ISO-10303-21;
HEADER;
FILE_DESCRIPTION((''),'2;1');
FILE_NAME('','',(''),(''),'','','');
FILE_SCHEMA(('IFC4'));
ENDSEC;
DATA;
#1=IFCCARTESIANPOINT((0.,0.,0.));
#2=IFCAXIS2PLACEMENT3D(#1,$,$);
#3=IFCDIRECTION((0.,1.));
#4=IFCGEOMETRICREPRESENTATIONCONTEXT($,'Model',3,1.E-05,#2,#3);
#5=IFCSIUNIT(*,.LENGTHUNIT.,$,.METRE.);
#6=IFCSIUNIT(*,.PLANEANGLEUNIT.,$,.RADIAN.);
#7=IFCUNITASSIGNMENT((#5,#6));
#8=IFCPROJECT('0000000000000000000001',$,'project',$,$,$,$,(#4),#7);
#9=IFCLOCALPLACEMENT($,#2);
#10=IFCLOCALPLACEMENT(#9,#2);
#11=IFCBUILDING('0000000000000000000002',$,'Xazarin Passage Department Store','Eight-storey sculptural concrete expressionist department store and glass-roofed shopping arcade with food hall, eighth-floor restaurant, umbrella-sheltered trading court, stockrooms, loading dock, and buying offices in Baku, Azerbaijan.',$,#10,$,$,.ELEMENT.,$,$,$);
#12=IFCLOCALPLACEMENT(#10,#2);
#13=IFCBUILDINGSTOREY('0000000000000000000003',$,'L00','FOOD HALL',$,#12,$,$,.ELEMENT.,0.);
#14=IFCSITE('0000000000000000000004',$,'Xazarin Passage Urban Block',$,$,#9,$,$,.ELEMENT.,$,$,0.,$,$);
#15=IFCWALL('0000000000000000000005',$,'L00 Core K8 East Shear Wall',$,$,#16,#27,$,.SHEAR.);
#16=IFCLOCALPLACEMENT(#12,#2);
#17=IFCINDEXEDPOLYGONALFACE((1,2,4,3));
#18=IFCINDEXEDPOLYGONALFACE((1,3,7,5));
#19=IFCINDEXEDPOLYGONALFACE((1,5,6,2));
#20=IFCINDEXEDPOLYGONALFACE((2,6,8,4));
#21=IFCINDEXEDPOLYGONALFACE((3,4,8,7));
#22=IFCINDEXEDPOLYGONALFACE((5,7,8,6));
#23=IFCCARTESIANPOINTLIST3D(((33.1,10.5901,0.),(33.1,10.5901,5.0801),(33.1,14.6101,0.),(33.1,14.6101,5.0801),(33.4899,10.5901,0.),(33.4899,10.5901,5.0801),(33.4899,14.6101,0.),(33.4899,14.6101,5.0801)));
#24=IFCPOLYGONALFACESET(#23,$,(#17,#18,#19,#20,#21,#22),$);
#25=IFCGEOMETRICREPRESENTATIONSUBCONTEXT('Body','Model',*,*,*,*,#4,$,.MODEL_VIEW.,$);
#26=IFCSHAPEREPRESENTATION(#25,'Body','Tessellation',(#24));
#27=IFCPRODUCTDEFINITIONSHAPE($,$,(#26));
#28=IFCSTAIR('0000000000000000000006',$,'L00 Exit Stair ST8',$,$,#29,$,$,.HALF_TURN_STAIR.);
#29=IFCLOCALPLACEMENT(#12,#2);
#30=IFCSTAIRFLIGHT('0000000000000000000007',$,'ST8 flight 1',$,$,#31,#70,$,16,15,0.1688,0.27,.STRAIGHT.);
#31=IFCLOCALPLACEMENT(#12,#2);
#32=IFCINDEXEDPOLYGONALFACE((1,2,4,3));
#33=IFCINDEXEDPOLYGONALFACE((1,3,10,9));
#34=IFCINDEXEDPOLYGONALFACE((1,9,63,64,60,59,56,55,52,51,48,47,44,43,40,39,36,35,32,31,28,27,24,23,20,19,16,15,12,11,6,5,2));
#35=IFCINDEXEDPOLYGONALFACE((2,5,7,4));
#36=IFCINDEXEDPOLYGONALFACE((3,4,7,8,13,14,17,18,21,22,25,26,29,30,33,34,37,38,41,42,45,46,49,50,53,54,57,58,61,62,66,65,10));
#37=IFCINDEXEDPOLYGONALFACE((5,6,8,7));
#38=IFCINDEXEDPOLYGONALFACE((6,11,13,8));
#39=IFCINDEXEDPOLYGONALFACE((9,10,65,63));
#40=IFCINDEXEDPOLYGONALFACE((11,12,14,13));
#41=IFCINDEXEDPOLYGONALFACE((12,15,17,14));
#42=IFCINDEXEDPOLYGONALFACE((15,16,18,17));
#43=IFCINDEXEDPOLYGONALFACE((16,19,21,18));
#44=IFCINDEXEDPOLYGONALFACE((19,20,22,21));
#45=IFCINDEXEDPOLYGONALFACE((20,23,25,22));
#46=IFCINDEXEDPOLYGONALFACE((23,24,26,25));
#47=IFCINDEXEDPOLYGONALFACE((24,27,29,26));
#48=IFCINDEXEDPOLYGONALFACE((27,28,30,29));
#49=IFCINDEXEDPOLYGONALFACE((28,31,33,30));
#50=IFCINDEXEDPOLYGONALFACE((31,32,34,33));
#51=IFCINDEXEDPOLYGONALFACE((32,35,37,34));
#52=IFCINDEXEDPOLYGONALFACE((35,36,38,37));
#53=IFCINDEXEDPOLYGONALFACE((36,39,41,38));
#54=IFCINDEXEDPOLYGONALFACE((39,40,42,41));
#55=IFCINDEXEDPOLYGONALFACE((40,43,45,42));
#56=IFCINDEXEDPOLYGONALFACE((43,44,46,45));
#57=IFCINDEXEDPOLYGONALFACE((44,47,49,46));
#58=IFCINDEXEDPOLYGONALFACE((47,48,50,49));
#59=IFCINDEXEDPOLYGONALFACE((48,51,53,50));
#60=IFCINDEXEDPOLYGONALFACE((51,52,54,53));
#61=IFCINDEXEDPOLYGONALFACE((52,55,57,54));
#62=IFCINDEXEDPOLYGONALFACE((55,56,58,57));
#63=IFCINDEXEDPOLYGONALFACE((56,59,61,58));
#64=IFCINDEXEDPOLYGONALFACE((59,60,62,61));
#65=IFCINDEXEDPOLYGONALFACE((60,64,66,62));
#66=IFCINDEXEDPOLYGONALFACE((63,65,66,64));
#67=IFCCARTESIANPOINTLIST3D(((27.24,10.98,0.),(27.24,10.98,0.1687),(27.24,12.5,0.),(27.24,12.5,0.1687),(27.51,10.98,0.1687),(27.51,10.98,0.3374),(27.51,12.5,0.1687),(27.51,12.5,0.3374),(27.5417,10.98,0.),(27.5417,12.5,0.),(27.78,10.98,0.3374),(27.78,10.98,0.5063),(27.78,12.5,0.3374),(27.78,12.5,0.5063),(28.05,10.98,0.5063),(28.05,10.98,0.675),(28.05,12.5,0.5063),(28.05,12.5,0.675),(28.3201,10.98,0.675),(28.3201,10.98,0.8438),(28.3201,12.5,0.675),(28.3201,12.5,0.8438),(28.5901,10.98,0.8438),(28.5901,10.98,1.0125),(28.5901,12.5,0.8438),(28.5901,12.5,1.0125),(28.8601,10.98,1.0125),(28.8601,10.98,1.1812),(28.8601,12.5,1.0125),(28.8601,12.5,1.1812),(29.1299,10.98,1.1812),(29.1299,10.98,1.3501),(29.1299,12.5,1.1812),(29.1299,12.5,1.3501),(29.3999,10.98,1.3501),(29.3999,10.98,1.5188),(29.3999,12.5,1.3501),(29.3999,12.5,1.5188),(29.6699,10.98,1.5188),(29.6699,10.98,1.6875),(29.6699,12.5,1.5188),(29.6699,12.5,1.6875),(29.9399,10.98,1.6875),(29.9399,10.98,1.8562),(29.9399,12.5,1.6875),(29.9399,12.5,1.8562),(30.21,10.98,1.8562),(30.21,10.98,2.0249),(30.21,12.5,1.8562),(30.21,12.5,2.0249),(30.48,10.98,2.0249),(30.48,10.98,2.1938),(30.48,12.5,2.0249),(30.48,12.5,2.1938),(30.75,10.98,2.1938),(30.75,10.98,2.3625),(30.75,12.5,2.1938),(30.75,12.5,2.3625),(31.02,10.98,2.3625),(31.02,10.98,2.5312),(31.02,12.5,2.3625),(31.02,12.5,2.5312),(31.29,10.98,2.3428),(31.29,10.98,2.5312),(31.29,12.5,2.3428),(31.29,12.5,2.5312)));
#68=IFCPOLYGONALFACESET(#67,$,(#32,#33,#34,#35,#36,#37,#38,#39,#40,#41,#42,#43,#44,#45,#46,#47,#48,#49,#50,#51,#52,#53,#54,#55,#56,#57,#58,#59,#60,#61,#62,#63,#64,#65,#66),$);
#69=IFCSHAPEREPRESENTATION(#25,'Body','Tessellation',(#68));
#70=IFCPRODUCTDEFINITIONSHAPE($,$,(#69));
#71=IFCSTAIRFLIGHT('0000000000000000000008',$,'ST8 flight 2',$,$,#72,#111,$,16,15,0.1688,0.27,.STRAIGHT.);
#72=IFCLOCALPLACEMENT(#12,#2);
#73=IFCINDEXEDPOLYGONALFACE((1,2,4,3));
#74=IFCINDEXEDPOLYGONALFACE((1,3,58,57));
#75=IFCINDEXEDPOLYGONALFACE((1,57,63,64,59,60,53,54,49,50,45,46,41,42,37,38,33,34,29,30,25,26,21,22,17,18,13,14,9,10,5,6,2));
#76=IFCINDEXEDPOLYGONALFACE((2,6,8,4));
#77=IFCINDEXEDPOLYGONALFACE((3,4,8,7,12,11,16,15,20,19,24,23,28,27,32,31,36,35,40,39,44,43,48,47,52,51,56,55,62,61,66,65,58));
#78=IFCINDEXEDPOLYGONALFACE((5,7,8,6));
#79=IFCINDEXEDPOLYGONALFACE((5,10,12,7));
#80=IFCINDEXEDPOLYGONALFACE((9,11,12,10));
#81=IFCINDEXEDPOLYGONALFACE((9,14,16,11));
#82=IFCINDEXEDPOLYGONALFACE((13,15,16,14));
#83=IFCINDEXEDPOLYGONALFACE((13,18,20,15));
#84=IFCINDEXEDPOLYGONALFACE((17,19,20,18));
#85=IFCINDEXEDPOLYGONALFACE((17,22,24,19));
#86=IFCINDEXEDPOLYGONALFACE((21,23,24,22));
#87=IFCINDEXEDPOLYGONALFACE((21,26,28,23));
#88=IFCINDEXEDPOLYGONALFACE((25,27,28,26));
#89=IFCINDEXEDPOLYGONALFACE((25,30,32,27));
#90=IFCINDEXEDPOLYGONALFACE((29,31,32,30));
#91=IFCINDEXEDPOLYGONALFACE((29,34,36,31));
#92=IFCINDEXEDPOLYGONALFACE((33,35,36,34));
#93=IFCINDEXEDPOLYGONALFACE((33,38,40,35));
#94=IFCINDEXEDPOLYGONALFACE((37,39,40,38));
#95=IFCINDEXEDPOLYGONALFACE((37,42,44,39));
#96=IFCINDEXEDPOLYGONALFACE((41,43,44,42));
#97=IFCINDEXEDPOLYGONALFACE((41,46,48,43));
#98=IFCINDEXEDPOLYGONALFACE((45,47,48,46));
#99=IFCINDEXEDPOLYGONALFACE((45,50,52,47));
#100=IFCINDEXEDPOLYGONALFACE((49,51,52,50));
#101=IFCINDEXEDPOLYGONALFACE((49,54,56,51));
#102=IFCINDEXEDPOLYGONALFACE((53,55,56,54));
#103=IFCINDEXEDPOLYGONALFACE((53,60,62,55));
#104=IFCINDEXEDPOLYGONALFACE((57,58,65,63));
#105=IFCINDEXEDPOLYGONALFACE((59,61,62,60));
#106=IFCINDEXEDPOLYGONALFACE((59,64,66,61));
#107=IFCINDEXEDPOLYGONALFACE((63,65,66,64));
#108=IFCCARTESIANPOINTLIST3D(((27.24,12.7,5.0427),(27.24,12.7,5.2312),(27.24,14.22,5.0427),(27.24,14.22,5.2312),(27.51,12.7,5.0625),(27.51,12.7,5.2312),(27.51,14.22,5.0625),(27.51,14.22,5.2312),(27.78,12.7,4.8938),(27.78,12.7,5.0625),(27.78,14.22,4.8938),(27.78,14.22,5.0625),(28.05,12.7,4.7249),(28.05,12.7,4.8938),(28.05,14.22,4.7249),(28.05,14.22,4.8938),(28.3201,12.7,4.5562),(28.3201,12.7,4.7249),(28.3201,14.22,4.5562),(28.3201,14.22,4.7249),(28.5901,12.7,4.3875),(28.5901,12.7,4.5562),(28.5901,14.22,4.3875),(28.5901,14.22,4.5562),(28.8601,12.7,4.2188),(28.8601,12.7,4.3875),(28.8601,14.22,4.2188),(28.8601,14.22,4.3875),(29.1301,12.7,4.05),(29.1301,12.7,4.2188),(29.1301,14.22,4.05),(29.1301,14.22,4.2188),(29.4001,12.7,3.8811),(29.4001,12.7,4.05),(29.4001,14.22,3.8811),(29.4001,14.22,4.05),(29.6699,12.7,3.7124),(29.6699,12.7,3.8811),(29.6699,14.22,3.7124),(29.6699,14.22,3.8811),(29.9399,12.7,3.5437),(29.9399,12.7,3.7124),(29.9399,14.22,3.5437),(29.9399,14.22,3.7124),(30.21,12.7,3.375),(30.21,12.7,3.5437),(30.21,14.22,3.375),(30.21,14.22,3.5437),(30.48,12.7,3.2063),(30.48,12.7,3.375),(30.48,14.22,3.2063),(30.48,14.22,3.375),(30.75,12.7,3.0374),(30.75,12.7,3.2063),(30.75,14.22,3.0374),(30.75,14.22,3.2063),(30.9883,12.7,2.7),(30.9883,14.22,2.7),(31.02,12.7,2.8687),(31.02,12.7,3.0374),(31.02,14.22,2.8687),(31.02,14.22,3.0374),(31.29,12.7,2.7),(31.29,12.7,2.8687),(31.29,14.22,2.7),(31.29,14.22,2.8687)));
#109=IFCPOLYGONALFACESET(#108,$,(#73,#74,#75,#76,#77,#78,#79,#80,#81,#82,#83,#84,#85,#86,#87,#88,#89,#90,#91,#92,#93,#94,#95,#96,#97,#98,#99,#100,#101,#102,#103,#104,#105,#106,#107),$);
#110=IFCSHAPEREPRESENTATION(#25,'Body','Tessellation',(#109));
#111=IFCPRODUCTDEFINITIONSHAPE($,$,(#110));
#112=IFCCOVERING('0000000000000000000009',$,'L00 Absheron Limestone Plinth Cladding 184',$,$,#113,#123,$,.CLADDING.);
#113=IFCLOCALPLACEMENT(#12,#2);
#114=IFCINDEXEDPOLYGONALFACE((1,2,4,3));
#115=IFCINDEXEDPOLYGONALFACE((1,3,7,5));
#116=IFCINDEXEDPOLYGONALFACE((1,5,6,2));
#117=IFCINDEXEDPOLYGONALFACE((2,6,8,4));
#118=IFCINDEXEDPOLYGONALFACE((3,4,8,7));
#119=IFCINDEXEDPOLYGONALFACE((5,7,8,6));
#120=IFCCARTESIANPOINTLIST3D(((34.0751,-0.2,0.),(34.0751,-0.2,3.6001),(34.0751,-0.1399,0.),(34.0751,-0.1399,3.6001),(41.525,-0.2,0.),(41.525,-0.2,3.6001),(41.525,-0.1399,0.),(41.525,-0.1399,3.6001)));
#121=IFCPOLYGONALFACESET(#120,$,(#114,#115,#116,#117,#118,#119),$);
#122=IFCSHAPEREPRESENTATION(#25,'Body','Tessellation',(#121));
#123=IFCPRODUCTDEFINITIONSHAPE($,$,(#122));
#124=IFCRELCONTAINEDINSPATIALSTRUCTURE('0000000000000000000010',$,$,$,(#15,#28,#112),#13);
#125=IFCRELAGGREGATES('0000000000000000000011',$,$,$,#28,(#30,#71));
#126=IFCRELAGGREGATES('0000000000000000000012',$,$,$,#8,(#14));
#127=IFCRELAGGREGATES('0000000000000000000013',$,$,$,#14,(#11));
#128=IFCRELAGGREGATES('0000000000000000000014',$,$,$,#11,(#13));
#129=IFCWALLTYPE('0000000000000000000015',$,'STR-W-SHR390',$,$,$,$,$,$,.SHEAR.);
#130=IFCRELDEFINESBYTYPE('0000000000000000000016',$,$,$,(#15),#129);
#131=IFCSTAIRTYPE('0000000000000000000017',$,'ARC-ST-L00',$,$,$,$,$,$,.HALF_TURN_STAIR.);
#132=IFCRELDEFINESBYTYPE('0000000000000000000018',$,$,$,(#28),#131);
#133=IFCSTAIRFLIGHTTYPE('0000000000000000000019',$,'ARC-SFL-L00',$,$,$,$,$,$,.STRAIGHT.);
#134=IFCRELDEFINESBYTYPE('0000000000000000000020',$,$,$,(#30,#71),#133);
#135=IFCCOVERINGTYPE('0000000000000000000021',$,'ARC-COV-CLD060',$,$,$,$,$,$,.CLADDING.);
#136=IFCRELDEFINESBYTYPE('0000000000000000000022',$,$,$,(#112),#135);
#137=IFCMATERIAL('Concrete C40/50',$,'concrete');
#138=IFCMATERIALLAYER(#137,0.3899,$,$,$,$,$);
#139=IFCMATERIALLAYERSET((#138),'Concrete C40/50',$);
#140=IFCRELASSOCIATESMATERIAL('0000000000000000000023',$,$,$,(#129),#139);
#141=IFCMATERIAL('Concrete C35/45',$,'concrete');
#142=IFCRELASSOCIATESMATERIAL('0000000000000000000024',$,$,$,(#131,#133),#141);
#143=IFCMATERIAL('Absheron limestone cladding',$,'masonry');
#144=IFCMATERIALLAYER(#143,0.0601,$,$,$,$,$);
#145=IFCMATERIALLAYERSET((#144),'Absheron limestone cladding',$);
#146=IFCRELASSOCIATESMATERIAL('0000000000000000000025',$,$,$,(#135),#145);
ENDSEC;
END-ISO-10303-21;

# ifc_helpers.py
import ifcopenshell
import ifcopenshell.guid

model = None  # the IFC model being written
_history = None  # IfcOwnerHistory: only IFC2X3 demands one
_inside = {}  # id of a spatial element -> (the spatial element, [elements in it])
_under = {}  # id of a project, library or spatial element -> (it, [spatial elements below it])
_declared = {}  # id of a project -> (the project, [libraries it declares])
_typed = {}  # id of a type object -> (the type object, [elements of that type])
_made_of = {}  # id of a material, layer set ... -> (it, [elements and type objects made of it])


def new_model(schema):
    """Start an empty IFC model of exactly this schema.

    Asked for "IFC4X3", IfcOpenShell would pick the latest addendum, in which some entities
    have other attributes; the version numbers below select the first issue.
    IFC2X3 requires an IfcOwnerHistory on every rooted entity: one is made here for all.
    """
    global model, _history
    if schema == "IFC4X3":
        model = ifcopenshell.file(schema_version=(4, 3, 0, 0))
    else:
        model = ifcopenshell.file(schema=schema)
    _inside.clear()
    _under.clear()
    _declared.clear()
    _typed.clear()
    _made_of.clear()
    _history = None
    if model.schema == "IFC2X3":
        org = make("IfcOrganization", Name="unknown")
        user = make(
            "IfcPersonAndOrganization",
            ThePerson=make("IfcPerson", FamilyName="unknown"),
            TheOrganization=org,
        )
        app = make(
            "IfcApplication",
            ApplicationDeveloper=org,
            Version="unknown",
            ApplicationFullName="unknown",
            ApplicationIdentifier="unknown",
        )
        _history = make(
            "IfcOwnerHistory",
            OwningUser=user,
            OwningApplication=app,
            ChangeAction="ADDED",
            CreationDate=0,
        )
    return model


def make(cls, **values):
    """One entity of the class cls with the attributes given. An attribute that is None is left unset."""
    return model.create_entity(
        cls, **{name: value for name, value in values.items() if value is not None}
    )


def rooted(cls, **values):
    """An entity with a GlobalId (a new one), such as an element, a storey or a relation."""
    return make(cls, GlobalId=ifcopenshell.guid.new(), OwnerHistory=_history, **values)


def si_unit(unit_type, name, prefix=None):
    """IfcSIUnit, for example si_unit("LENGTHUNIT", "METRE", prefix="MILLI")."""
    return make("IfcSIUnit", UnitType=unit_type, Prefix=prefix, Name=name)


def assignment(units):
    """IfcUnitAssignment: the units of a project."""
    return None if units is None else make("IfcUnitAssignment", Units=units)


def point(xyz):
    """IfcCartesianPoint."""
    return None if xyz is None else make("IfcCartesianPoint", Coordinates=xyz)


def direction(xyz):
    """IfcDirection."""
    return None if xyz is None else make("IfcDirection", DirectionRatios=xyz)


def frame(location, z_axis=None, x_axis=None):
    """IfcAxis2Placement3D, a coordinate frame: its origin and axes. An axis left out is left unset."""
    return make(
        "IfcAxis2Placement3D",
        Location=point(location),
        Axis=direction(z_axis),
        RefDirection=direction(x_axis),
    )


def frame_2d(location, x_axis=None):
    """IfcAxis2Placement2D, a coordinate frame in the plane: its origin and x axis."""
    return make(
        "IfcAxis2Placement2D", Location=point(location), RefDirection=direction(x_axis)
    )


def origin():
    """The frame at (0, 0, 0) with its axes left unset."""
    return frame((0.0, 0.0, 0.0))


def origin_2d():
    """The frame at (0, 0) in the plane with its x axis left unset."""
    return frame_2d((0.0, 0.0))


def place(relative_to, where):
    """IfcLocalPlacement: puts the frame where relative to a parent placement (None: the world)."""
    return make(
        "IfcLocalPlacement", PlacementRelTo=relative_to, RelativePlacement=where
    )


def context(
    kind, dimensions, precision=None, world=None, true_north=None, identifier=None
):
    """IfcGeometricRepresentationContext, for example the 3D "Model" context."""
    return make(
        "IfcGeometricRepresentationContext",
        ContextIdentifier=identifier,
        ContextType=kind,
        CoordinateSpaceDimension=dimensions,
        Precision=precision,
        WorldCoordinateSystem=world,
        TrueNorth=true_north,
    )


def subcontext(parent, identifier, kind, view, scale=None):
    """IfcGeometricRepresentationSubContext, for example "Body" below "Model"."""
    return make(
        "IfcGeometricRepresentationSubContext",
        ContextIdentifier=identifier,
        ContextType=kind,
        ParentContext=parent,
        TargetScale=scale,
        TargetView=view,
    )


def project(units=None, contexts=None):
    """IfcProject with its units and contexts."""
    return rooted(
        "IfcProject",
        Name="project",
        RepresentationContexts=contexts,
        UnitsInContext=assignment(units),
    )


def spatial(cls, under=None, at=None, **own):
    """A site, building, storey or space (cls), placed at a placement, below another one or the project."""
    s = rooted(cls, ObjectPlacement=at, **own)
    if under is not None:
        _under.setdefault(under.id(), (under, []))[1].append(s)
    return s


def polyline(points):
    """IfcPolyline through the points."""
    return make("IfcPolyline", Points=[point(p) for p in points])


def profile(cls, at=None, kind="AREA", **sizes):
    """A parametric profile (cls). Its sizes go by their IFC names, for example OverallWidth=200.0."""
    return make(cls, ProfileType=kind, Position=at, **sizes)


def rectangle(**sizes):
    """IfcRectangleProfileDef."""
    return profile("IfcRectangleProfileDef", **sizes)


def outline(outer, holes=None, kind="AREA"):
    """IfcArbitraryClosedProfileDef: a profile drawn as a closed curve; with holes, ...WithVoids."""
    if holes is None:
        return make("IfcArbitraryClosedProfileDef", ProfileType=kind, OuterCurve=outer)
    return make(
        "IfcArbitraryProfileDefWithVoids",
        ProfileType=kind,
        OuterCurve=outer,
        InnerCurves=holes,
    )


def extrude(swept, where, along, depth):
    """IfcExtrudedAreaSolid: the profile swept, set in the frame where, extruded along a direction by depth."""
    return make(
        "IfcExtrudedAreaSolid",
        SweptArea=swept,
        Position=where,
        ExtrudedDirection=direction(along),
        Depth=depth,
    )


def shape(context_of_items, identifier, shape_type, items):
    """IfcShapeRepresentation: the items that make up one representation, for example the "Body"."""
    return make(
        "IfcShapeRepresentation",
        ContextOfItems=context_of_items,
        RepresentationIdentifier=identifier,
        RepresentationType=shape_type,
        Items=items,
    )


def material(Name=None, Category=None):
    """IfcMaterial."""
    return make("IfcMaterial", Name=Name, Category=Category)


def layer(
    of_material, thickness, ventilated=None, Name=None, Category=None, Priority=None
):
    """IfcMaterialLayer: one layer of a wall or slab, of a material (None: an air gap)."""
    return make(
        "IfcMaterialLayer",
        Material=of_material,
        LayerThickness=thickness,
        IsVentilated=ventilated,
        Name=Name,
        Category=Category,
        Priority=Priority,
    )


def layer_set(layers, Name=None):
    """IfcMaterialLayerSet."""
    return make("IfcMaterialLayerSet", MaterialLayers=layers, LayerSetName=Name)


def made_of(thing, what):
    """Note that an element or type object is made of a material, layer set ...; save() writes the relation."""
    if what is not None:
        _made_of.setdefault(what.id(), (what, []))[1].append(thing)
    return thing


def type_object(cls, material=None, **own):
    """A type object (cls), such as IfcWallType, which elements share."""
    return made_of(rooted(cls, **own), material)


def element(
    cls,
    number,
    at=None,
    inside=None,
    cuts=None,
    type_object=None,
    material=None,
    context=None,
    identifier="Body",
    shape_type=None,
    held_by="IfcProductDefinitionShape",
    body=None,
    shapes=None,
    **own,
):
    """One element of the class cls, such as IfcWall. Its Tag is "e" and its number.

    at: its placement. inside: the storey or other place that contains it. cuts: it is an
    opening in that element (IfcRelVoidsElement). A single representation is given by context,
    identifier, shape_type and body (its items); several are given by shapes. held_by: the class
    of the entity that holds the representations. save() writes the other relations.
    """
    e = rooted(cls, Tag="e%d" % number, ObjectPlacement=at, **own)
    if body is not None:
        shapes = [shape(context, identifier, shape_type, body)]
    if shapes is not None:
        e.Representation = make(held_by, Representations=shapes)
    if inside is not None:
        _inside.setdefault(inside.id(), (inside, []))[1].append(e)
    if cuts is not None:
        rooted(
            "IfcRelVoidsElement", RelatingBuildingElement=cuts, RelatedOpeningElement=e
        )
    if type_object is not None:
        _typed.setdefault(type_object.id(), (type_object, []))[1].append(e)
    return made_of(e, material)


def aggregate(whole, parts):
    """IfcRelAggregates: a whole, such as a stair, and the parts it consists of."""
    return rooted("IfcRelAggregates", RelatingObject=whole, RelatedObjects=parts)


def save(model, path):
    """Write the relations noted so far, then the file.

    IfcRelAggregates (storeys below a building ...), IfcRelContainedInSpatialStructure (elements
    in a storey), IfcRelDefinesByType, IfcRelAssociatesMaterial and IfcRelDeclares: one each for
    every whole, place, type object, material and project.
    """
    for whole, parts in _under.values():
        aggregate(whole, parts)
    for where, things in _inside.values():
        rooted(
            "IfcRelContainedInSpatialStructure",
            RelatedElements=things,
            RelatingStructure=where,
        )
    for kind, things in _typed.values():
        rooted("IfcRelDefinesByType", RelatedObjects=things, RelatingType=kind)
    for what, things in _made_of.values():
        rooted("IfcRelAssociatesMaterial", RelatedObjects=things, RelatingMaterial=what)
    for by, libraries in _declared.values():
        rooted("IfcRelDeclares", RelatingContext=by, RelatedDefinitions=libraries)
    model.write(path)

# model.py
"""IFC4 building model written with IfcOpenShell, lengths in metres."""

from ifc_helpers import new_model, si_unit, direction, frame, frame_2d, origin, origin_2d, place, context, subcontext, project, spatial, polyline, rectangle, outline, extrude, material, layer, layer_set, type_object, element, aggregate, save


model = new_model("IFC4")

# Units and contexts
model_context = context("Model", 3, precision=1e-05, world=origin(), true_north=direction((0.0, 1.0)))
body_context = subcontext(model_context, "Body", "Model", "MODEL_VIEW")
ifc_project = project(units=[si_unit("LENGTHUNIT", "METRE"), si_unit("PLANEANGLEUNIT", "RADIAN")], contexts=[model_context])

# Site, building, storey
site_placement = place(None, origin())
site = spatial("IfcSite", under=ifc_project, at=site_placement, Name="Xazarin Passage Urban Block", CompositionType="ELEMENT", RefElevation=0.0)
building_placement = place(site_placement, origin())
building = spatial("IfcBuilding", under=site, at=building_placement, Name="Xazarin Passage Department Store", Description="Eight-storey sculptural concrete expressionist department store and glass-roofed shopping arcade with food hall, eighth-floor restaurant, umbrella-sheltered trading court, stockrooms, loading dock, and buying offices in Baku, Azerbaijan.", CompositionType="ELEMENT")
storey_placement = place(building_placement, origin())
storey = spatial("IfcBuildingStorey", under=building, at=storey_placement, Name="L00", Description="FOOD HALL", CompositionType="ELEMENT", Elevation=0.0)

# Shared definitions
ifc_material_1 = material(Name="Concrete C35/45", Category="concrete")

# Shared definitions
ifc_material_2 = material(Name="Concrete C40/50", Category="concrete")

# Wall
ifc_layer_1 = layer(ifc_material_2, 0.3899)
ifc_layer_set_1 = layer_set([ifc_layer_1], Name="Concrete C40/50")
wall_type_1 = type_object("IfcWallType", Name="STR-W-SHR390", PredefinedType="SHEAR", material=ifc_layer_set_1)
wall_1_placement = place(storey_placement, frame((33.2949, 10.5901, 0.0), z_axis=(0.0, 0.0, 1.0), x_axis=(0.0, 1.0, 0.0)))
element("IfcWall", 1, at=wall_1_placement, inside=storey, type_object=wall_type_1, Name="L00 Core K8 East Shear Wall", PredefinedType="SHEAR", context=body_context, shape_type="SweptSolid", body=[
    extrude(rectangle(XDim=4.02, YDim=0.3899, at=frame_2d((2.01, 0.0))), origin(), (0.0, 0.0, 1.0), 5.0801),
])

# Stair, stair flights
stair_type = type_object("IfcStairType", Name="ARC-ST-L00", PredefinedType="HALF_TURN_STAIR", material=ifc_material_1)
stair_placement = place(storey_placement, origin())
stair = element("IfcStair", 2, at=stair_placement, inside=storey, type_object=stair_type, Name="L00 Exit Stair ST8", PredefinedType="HALF_TURN_STAIR")
stair_flight_type = type_object("IfcStairFlightType", Name="ARC-SFL-L00", PredefinedType="STRAIGHT", material=ifc_material_1)
stair_flight_1_placement = place(storey_placement, frame((27.24, 11.74, 0.0), z_axis=(0.0, 0.0, 1.0), x_axis=(1.0, 0.0, 0.0)))
stair_flight_1 = element("IfcStairFlight", 3, at=stair_flight_1_placement, type_object=stair_flight_type, Name="ST8 flight 1", NumberOfRisers=16, NumberOfTreads=15, PredefinedType="STRAIGHT", RiserHeight=0.1688, TreadLength=0.27, context=body_context, shape_type="SweptSolid", body=[
    extrude(outline(polyline([(0.0, 0.0), (0.0, 0.1687), (0.27, 0.1687), (0.27, 0.3374), (0.54, 0.3374), (0.54, 0.5063), (0.8101, 0.5063), (0.8101, 0.675), (1.0801, 0.675), (1.0801, 0.8438), (1.3501, 0.8438), (1.3501, 1.0125), (1.6201, 1.0125), (1.6201, 1.1812), (1.8899, 1.1812), (1.8899, 1.3501), (2.1599, 1.3501), (2.1599, 1.5188), (2.4299, 1.5188), (2.4299, 1.6875), (2.7, 1.6875), (2.7, 1.8562), (2.97, 1.8562), (2.97, 2.0249), (3.24, 2.0249), (3.24, 2.1938), (3.51, 2.1938), (3.51, 2.3625), (3.78, 2.3625), (3.78, 2.5312), (4.05, 2.5312), (4.05, 2.7), (4.05, 2.3428), (0.3018, 0.0), (0.0, 0.0)])), frame((0.0, 0.76, 0.0), z_axis=(0.0, -1.0, 0.0), x_axis=(1.0, 0.0, 0.0)), (0.0, 0.0, 1.0), 1.52),
])
stair_flight_2_placement = place(storey_placement, frame((31.29, 13.46, 2.7), z_axis=(0.0, 0.0, 1.0), x_axis=(-1.0, 0.0, 0.0)))
stair_flight_2 = element("IfcStairFlight", 4, at=stair_flight_2_placement, type_object=stair_flight_type, Name="ST8 flight 2", NumberOfRisers=16, NumberOfTreads=15, PredefinedType="STRAIGHT", RiserHeight=0.1688, TreadLength=0.27, context=body_context, shape_type="SweptSolid", body=[
    extrude(outline(polyline([(0.0, 0.0), (0.0, 0.1687), (0.27, 0.1687), (0.27, 0.3374), (0.54, 0.3374), (0.54, 0.5063), (0.8101, 0.5063), (0.8101, 0.675), (1.0801, 0.675), (1.0801, 0.8438), (1.3501, 0.8438), (1.3501, 1.0125), (1.6201, 1.0125), (1.6201, 1.1812), (1.8899, 1.1812), (1.8899, 1.3501), (2.1599, 1.3501), (2.1599, 1.5188), (2.4299, 1.5188), (2.4299, 1.6875), (2.7, 1.6875), (2.7, 1.8562), (2.97, 1.8562), (2.97, 2.0249), (3.24, 2.0249), (3.24, 2.1938), (3.51, 2.1938), (3.51, 2.3625), (3.78, 2.3625), (3.78, 2.5312), (4.05, 2.5312), (4.05, 2.7), (4.05, 2.3428), (0.3018, 0.0), (0.0, 0.0)])), frame((0.0, 0.76, 0.0), z_axis=(0.0, -1.0, 0.0), x_axis=(1.0, 0.0, 0.0)), (0.0, 0.0, 1.0), 1.52),
])
aggregate(stair, [stair_flight_1, stair_flight_2])

# Covering
ifc_material_3 = material(Name="Absheron limestone cladding", Category="masonry")
ifc_layer_2 = layer(ifc_material_3, 0.0601)
ifc_layer_set_2 = layer_set([ifc_layer_2], Name="Absheron limestone cladding")
covering_type = type_object("IfcCoveringType", Name="ARC-COV-CLD060", PredefinedType="CLADDING", material=ifc_layer_set_2)
covering_placement = place(storey_placement, frame((37.8, -0.1699, 0.0), z_axis=(0.0, 0.0, 1.0), x_axis=(1.0, 0.0, 0.0)))
element("IfcCovering", 5, at=covering_placement, inside=storey, type_object=covering_type, Name="L00 Absheron Limestone Plinth Cladding 184", PredefinedType="CLADDING", context=body_context, shape_type="SweptSolid", body=[
    extrude(rectangle(XDim=7.45, YDim=0.0601, at=origin_2d()), origin(), (0.0, 0.0, 1.0), 3.6001),
])

save(model, "model.ifc")
